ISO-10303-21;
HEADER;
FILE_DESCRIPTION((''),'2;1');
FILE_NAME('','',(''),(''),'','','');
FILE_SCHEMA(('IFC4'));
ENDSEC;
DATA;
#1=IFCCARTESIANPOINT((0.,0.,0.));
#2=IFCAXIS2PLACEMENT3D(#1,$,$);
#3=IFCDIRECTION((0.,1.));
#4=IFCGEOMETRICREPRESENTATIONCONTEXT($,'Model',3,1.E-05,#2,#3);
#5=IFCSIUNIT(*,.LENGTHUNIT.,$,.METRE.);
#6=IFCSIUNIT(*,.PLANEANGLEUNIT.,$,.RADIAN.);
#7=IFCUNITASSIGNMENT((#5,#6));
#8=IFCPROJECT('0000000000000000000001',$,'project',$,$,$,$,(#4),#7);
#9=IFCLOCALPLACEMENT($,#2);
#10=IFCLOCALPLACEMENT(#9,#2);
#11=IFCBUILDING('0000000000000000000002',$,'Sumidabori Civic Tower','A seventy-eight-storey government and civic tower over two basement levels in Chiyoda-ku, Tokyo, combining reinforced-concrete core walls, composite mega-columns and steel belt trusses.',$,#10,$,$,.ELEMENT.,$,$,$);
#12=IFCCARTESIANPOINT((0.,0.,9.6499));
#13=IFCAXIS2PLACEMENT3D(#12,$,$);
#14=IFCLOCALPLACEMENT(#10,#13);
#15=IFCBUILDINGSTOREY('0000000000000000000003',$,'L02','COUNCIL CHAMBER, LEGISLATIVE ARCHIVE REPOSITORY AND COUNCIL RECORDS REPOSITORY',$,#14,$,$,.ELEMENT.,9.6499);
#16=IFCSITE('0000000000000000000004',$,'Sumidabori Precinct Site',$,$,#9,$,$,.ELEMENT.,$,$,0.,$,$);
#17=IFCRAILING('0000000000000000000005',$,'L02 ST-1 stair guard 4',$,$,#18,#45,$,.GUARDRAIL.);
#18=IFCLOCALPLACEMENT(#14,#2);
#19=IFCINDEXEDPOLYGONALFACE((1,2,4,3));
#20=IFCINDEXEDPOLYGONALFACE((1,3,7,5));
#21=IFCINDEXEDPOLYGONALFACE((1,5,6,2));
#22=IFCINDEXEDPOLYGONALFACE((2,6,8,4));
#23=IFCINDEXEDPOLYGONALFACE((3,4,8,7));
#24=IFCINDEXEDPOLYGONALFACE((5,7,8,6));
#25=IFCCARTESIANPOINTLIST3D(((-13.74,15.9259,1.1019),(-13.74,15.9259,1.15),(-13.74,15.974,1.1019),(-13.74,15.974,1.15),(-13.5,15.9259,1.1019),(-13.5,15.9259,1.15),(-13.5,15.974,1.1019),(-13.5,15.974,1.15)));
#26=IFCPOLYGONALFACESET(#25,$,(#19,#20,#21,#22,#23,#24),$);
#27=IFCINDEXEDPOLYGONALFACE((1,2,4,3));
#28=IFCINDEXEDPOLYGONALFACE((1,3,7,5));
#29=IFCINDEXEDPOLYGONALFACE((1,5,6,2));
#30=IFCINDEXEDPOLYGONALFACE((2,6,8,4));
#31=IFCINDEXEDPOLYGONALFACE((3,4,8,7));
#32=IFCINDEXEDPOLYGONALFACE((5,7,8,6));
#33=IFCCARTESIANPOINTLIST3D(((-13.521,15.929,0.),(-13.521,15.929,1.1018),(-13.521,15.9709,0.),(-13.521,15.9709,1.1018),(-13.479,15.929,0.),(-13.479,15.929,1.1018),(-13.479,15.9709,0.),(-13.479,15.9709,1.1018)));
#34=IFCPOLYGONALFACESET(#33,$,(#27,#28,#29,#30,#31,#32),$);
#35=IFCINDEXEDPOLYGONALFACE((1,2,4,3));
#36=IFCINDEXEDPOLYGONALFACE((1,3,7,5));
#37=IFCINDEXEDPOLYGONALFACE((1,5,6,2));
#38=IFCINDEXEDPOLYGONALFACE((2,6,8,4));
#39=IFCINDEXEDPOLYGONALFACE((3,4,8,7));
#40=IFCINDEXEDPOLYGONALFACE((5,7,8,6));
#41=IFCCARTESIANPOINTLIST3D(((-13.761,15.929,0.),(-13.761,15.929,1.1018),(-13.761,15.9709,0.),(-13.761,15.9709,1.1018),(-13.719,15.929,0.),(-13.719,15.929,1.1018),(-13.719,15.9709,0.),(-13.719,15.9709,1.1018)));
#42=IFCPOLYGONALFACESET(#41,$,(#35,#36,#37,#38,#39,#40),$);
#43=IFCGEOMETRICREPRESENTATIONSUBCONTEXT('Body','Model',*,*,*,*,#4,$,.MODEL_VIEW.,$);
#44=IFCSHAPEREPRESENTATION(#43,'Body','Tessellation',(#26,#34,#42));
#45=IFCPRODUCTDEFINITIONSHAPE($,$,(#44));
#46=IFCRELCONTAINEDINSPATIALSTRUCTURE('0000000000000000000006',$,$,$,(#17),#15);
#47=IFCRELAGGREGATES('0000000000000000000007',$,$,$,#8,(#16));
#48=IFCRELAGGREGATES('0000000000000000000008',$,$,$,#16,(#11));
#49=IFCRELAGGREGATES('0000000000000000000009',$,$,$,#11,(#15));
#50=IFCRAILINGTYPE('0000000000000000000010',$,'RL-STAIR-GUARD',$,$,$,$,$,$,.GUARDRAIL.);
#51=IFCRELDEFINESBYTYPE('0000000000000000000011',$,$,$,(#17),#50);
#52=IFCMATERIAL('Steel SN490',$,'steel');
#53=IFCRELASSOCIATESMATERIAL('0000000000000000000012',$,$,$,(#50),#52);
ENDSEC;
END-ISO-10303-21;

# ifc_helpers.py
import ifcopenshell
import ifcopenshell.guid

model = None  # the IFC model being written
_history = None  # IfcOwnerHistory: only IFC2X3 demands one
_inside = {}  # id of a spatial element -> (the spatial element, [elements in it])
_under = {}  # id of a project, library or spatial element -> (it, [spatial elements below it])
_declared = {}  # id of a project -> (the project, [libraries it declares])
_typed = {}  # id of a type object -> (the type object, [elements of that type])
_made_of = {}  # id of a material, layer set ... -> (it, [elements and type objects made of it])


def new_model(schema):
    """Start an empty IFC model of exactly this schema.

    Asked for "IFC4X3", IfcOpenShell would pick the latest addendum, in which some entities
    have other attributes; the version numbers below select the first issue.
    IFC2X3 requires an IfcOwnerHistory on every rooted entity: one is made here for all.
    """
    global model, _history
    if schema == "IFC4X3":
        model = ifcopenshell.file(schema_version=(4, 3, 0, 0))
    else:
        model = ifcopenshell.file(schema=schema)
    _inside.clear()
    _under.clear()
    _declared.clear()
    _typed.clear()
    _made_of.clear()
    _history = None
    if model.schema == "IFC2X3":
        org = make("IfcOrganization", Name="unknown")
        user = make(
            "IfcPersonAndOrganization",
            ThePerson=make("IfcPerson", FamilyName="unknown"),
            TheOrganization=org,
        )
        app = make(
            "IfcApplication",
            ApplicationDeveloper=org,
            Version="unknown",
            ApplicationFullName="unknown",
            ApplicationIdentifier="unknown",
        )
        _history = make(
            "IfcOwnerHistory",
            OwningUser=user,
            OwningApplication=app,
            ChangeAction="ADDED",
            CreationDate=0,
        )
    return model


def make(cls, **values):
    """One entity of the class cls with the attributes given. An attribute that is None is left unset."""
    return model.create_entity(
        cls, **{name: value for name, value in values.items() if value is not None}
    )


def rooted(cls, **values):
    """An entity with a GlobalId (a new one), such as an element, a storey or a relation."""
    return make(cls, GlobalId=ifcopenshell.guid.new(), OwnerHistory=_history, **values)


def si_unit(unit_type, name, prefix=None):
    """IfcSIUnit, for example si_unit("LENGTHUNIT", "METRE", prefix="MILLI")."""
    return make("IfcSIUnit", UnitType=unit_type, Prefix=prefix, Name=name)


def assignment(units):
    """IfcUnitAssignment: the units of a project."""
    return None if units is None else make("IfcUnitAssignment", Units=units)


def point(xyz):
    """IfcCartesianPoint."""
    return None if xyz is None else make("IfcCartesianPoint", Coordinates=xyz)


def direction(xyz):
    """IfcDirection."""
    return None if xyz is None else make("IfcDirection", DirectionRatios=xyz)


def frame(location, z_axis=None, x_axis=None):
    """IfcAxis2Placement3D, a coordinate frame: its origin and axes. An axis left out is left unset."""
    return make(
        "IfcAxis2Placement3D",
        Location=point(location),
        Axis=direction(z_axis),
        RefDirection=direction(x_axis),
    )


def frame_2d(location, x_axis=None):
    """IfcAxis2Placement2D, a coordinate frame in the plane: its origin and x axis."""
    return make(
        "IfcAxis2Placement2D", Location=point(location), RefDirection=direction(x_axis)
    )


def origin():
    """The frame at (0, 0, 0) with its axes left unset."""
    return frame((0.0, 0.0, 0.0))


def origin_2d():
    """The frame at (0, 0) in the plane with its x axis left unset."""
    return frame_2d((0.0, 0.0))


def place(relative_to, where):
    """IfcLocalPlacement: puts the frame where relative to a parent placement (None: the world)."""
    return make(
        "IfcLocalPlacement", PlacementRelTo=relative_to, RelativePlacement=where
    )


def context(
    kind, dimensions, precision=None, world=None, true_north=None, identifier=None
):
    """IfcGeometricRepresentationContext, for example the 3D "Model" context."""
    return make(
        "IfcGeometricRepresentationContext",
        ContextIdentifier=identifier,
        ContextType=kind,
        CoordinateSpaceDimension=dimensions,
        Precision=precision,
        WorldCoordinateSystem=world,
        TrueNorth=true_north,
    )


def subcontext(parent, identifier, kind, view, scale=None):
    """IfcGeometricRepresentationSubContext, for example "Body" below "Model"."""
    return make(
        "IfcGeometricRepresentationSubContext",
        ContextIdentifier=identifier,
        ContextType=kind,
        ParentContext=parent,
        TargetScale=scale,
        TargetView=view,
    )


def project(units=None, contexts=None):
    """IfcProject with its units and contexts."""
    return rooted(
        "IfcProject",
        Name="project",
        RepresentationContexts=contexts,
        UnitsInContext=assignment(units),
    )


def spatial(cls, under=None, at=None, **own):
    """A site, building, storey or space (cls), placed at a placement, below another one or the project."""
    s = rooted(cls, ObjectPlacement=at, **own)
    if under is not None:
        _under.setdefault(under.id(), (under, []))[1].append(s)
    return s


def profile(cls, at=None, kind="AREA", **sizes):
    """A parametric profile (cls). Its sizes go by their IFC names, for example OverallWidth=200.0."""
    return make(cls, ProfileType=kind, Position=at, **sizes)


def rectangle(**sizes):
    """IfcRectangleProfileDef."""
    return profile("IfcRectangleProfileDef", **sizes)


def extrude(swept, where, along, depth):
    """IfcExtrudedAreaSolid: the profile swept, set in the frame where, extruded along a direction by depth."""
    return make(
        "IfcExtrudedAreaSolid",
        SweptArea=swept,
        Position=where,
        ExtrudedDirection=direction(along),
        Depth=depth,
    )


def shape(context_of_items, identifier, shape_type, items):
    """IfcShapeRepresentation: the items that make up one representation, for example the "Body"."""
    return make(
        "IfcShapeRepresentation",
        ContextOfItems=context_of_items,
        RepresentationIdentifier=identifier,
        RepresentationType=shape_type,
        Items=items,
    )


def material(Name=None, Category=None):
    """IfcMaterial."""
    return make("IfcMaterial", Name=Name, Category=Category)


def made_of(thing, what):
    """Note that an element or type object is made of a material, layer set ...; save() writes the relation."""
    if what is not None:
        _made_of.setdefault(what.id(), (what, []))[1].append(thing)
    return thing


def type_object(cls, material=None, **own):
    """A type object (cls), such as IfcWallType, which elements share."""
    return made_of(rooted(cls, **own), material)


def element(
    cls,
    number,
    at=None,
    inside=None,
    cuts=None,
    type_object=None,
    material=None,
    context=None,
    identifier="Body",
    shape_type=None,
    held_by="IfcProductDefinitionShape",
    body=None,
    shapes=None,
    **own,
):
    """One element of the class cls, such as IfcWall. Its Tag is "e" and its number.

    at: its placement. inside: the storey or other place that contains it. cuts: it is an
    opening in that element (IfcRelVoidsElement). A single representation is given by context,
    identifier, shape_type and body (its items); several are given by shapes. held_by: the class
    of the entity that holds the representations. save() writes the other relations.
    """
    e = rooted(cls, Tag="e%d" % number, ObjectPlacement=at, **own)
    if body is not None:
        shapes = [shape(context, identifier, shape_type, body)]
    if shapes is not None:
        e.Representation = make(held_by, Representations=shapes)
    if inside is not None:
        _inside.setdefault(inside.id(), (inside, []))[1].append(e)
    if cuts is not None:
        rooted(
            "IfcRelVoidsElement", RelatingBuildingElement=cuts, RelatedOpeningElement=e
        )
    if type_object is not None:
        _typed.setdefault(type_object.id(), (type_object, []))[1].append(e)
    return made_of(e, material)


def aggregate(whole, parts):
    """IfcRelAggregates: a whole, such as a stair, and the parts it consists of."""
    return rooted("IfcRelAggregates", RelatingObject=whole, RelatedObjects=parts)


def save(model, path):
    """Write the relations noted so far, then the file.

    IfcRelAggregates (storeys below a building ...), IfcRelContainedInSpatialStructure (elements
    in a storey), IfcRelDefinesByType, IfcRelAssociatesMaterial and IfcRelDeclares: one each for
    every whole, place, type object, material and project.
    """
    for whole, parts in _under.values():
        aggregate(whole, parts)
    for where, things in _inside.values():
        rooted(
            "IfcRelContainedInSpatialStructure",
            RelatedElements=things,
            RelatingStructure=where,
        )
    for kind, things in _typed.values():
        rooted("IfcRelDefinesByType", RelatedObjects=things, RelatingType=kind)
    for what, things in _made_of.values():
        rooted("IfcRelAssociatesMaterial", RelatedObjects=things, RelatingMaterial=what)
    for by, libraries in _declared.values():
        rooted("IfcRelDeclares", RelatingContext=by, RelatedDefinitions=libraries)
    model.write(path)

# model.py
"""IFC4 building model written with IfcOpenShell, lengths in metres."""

from ifc_helpers import new_model, si_unit, direction, frame, origin, origin_2d, place, context, subcontext, project, spatial, rectangle, extrude, material, type_object, element, save


model = new_model("IFC4")

# Units and contexts
model_context = context("Model", 3, precision=1e-05, world=origin(), true_north=direction((0.0, 1.0)))
body_context = subcontext(model_context, "Body", "Model", "MODEL_VIEW")
ifc_project = project(units=[si_unit("LENGTHUNIT", "METRE"), si_unit("PLANEANGLEUNIT", "RADIAN")], contexts=[model_context])

# Site, building, storey
site_placement = place(None, origin())
site = spatial("IfcSite", under=ifc_project, at=site_placement, Name="Sumidabori Precinct Site", CompositionType="ELEMENT", RefElevation=0.0)
building_placement = place(site_placement, origin())
building = spatial("IfcBuilding", under=site, at=building_placement, Name="Sumidabori Civic Tower", Description="A seventy-eight-storey government and civic tower over two basement levels in Chiyoda-ku, Tokyo, combining reinforced-concrete core walls, composite mega-columns and steel belt trusses.", CompositionType="ELEMENT")
storey_placement = place(building_placement, frame((0.0, 0.0, 9.6499)))
storey = spatial("IfcBuildingStorey", under=building, at=storey_placement, Name="L02", Description="COUNCIL CHAMBER, LEGISLATIVE ARCHIVE REPOSITORY AND COUNCIL RECORDS REPOSITORY", CompositionType="ELEMENT", Elevation=9.6499)

# Shared definitions
ifc_material_1 = material(Name="Steel SN490", Category="steel")

# Railing
railing_type_1 = type_object("IfcRailingType", Name="RL-STAIR-GUARD", PredefinedType="GUARDRAIL", material=ifc_material_1)
railing_1_placement = place(storey_placement, frame((-13.5, 15.95, 0.0)))
element("IfcRailing", 1, at=railing_1_placement, inside=storey, type_object=railing_type_1, Name="L02 ST-1 stair guard 4", PredefinedType="GUARDRAIL", context=body_context, shape_type="SweptSolid", body=[
    extrude(rectangle(XDim=0.0481, YDim=0.0481, at=origin_2d()), frame((0.0, 0.0, 1.126), z_axis=(-1.0, 0.0, 0.0), x_axis=(0.0, -1.0, 0.0)), (0.0, 0.0, 1.0), 0.24),
    extrude(rectangle(XDim=0.042, YDim=0.042, at=origin_2d()), origin(), (0.0, 0.0, 1.0), 1.1018),
    extrude(rectangle(XDim=0.042, YDim=0.042, at=origin_2d()), frame((-0.24, 0.0, 0.0)), (0.0, 0.0, 1.0), 1.1018),
])

save(model, "model.ifc")
